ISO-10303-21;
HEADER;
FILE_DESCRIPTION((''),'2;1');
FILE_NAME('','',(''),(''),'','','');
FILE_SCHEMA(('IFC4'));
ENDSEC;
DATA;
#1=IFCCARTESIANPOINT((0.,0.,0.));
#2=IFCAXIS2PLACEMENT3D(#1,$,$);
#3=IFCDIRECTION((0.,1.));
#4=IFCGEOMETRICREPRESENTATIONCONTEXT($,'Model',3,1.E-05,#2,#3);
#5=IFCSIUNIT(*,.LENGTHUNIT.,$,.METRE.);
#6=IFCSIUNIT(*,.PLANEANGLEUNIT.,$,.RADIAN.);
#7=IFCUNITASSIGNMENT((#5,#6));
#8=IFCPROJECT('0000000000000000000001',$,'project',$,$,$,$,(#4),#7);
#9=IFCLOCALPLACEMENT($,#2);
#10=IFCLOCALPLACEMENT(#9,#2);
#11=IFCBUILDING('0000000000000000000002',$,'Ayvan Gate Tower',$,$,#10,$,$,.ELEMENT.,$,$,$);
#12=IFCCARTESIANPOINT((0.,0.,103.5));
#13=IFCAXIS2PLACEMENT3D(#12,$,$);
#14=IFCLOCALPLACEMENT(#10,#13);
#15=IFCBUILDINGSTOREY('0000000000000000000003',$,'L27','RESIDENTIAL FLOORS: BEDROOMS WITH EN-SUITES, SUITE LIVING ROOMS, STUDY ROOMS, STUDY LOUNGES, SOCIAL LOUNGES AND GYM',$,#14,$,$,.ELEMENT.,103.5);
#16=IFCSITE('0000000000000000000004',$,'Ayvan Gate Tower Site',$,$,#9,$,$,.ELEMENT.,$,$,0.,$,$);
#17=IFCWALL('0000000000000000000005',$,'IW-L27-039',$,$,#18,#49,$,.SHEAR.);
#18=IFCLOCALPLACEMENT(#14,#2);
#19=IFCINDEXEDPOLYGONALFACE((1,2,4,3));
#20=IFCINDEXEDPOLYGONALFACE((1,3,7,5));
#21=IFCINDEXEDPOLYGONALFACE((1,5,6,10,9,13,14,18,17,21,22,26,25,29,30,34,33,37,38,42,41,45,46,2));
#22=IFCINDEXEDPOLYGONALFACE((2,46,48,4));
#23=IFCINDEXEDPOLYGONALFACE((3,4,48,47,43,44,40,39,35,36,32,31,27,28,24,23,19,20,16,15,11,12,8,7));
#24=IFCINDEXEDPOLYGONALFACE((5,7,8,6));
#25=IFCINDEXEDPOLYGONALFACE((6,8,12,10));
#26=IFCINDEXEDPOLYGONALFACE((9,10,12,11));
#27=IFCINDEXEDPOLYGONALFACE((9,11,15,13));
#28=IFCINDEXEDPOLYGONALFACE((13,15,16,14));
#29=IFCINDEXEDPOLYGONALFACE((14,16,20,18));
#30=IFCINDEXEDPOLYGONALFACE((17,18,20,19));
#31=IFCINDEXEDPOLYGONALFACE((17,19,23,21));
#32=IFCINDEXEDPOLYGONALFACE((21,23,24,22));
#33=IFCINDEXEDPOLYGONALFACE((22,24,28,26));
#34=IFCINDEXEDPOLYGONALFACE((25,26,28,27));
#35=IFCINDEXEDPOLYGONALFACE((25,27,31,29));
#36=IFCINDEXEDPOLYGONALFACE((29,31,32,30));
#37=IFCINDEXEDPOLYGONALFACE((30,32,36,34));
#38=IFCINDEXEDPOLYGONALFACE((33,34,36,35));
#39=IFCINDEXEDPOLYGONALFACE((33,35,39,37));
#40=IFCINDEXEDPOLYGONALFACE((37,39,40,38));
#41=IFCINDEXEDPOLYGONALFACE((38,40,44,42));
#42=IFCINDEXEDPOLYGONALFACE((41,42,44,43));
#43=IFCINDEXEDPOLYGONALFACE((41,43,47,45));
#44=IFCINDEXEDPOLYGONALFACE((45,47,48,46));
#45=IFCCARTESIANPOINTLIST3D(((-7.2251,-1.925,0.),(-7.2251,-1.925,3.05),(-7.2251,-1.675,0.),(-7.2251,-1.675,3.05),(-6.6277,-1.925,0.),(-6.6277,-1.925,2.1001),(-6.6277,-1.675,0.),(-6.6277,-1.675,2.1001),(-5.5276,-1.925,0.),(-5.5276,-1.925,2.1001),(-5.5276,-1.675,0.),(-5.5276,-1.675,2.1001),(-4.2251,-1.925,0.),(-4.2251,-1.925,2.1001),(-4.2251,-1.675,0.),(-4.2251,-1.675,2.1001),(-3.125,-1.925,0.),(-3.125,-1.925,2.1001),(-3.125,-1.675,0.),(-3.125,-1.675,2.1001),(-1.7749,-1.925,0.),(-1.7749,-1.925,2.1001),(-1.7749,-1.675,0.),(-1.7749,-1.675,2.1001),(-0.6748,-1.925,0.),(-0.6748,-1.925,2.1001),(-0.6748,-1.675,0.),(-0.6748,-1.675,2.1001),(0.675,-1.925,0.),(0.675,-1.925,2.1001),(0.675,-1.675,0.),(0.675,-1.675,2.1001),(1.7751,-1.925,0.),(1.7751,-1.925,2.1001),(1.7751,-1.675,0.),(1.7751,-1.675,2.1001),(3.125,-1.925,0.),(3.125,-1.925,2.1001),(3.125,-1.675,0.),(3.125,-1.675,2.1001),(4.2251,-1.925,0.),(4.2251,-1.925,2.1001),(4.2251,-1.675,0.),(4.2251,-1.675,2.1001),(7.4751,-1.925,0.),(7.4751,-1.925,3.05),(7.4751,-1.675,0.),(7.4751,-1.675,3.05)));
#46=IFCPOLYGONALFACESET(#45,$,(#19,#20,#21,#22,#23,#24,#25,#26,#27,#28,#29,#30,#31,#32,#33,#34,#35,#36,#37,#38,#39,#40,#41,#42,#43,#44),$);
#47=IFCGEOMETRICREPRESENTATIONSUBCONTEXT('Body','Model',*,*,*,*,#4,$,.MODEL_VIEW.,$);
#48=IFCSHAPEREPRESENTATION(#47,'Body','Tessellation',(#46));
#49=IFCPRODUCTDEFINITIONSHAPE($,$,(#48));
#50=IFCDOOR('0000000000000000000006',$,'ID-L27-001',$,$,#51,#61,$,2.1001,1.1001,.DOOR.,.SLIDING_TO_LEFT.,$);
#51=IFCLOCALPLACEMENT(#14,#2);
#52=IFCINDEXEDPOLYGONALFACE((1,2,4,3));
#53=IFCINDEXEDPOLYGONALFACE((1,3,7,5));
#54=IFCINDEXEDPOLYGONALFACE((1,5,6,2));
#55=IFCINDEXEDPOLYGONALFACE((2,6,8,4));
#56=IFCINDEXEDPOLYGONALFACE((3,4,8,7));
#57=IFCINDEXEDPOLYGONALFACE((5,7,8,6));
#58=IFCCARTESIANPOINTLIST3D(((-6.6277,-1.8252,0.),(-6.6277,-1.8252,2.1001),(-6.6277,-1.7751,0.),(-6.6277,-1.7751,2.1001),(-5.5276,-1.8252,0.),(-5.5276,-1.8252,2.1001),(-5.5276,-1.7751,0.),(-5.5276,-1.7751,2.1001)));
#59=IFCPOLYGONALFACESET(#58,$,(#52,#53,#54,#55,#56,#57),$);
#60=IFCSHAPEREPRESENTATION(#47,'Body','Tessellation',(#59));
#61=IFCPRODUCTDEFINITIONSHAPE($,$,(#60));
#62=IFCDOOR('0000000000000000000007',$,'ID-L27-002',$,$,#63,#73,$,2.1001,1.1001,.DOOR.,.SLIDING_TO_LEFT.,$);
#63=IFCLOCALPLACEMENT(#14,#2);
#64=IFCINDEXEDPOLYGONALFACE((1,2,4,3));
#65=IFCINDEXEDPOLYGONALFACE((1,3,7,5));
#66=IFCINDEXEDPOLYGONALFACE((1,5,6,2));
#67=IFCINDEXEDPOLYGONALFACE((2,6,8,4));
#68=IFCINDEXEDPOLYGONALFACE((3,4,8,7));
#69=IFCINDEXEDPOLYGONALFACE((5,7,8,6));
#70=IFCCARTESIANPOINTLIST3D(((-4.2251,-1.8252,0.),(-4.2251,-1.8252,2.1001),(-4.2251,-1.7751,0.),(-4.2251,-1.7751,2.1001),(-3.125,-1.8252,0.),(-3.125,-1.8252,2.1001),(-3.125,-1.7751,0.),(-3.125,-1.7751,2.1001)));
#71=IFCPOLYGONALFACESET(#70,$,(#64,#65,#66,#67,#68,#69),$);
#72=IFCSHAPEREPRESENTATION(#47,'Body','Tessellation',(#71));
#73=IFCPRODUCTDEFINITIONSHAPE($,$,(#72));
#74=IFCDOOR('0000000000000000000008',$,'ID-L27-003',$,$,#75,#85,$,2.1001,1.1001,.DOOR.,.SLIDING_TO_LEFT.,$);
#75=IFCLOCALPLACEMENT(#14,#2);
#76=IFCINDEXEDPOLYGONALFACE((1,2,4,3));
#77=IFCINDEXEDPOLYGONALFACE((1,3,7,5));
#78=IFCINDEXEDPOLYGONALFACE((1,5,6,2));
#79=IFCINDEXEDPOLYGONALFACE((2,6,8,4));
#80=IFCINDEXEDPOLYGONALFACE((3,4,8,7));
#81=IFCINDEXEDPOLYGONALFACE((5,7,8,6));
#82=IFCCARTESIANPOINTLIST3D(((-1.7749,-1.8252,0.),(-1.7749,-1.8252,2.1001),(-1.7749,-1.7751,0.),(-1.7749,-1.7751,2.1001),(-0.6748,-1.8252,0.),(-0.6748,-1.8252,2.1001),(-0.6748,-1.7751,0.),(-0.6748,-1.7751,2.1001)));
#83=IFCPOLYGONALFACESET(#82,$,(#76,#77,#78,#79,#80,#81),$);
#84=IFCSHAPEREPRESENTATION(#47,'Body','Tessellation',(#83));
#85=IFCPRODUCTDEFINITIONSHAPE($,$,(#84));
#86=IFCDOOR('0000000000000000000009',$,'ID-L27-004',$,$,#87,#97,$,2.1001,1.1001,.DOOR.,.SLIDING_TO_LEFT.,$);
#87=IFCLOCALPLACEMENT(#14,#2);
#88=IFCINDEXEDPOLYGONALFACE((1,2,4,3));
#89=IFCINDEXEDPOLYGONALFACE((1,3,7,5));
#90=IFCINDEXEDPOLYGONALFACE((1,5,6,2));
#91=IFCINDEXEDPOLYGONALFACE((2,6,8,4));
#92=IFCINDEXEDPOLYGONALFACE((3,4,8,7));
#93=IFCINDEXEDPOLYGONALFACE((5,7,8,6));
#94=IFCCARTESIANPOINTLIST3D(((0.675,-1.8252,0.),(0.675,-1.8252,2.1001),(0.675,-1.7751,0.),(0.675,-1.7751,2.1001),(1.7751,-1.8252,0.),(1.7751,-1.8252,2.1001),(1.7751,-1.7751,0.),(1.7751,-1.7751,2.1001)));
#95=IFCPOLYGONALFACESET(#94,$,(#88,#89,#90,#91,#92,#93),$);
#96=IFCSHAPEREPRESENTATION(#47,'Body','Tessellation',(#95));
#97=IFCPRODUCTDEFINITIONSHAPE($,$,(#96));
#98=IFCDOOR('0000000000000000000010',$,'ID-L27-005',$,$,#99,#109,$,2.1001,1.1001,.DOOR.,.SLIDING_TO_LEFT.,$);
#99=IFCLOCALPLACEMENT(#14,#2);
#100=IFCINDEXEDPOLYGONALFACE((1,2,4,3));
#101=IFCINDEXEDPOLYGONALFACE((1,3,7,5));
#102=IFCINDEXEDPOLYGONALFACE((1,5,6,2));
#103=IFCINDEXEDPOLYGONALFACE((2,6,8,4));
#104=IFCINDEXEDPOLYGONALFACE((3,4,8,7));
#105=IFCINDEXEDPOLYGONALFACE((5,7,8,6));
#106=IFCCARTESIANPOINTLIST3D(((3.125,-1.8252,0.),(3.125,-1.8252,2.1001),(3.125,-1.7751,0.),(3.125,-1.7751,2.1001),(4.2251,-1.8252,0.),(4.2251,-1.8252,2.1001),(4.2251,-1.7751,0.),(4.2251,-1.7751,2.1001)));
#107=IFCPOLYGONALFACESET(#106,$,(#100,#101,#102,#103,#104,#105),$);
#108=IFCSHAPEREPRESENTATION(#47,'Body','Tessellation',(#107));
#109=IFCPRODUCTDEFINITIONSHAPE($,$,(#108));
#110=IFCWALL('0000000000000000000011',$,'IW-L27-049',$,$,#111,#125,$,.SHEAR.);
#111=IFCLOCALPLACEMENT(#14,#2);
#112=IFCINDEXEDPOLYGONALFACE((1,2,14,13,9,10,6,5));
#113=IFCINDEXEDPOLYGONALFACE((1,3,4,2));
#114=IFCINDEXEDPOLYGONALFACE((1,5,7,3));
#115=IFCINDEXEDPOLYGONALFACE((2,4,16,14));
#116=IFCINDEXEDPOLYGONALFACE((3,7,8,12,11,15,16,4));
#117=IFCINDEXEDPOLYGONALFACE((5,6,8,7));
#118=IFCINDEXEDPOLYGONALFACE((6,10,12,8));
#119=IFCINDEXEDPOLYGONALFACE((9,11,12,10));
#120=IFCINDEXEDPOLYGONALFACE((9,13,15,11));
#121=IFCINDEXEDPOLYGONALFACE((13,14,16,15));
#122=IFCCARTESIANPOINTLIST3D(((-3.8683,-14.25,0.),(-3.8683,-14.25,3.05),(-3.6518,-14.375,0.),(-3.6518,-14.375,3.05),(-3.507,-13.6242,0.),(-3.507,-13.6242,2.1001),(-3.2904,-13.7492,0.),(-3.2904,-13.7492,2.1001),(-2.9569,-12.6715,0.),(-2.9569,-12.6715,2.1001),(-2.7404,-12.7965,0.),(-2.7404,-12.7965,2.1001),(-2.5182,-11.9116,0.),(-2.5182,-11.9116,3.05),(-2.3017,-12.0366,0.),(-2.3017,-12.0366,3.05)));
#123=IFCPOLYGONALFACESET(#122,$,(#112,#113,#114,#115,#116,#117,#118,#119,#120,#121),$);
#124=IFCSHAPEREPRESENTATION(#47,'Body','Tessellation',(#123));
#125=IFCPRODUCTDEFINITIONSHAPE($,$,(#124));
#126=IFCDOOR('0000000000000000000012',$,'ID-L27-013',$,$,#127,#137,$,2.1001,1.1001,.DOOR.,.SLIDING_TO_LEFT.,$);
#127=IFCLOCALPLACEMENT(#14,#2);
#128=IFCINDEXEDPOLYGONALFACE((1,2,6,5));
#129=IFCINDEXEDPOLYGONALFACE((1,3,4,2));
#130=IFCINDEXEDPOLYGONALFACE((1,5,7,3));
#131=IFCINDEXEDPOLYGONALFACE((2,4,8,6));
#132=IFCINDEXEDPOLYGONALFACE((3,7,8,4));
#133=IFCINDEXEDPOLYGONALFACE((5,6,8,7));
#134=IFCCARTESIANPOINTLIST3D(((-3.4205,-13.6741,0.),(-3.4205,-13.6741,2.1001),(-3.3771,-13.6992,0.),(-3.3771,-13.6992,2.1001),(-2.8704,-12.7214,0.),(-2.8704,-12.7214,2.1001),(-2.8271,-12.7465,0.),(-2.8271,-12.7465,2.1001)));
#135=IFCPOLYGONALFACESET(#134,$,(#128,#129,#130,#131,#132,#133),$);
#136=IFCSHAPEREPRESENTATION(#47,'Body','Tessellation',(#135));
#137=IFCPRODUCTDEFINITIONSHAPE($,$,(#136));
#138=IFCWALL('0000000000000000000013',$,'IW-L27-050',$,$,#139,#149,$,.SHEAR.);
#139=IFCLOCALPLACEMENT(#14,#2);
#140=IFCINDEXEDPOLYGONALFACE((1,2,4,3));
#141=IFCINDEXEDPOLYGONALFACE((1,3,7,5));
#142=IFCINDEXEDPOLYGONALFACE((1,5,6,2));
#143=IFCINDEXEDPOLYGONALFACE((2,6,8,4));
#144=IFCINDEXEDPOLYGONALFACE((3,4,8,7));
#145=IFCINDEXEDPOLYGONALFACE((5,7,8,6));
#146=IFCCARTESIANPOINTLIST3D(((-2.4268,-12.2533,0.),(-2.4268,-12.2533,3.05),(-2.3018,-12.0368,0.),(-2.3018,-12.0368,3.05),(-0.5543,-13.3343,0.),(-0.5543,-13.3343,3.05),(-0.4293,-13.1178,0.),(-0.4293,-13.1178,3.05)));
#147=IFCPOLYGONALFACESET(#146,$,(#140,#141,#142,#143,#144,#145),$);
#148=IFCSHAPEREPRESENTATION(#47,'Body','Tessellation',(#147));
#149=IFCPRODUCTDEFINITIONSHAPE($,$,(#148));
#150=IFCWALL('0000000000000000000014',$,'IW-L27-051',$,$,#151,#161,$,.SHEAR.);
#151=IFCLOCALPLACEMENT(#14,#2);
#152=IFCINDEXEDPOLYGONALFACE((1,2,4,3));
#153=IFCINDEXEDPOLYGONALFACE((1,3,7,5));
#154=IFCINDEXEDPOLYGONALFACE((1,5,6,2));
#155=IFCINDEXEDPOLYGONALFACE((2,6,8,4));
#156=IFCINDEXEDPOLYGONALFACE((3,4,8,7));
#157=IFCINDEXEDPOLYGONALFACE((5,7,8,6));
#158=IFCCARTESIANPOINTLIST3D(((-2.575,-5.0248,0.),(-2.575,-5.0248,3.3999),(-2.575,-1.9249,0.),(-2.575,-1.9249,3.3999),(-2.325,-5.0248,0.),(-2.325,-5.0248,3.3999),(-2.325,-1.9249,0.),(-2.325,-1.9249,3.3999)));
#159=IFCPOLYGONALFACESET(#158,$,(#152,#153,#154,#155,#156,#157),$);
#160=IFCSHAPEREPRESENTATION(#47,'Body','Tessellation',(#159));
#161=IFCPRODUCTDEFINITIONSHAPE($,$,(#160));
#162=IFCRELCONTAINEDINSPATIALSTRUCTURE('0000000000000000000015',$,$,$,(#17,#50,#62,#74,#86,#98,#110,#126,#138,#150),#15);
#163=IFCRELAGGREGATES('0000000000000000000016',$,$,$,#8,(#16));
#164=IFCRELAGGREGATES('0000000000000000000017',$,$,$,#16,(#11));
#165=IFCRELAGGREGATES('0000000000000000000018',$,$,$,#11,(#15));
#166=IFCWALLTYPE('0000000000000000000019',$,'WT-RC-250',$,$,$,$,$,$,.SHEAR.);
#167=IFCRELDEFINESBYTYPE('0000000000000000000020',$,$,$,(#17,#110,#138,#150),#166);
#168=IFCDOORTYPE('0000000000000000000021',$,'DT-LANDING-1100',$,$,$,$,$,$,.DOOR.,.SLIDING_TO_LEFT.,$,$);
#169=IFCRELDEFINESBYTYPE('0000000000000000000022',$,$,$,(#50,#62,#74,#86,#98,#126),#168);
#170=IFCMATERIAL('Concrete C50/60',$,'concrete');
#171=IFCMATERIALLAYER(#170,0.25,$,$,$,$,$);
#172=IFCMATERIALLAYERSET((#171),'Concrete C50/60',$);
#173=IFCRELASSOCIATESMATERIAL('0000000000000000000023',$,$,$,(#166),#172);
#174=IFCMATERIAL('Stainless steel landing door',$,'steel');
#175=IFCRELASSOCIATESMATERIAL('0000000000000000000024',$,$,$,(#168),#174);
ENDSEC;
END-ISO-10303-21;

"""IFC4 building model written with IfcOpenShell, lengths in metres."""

from ifc_helpers import new_model, si_unit, direction, frame, frame_2d, origin, place, context, subcontext, project, spatial, rectangle, extrude, material, layer, layer_set, type_object, element, fill, save


model = new_model("IFC4")

# Units and contexts
model_context = context("Model", 3, precision=1e-05, world=origin(), true_north=direction((0.0, 1.0)))
body_context = subcontext(model_context, "Body", "Model", "MODEL_VIEW")
ifc_project = project(units=[si_unit("LENGTHUNIT", "METRE"), si_unit("PLANEANGLEUNIT", "RADIAN")], contexts=[model_context])

# Site, building, storey
site_placement = place(None, origin())
site = spatial("IfcSite", under=ifc_project, at=site_placement, Name="Ayvan Gate Tower Site", CompositionType="ELEMENT", RefElevation=0.0)
building_placement = place(site_placement, origin())
building = spatial("IfcBuilding", under=site, at=building_placement, Name="Ayvan Gate Tower", CompositionType="ELEMENT")
storey_placement = place(building_placement, frame((0.0, 0.0, 103.5)))
storey = spatial("IfcBuildingStorey", under=building, at=storey_placement, Name="L27", Description="RESIDENTIAL FLOORS: BEDROOMS WITH EN-SUITES, SUITE LIVING ROOMS, STUDY ROOMS, STUDY LOUNGES, SOCIAL LOUNGES AND GYM", CompositionType="ELEMENT", Elevation=103.5)

# Shared definitions
ifc_material_1 = material(Name="Concrete C50/60", Category="concrete")
ifc_layer_1 = layer(ifc_material_1, 0.25)
ifc_layer_set_1 = layer_set([ifc_layer_1], Name="Concrete C50/60")
wall_type_1 = type_object("IfcWallType", Name="WT-RC-250", PredefinedType="SHEAR", material=ifc_layer_set_1)

# Wall, openings, doors
wall_1_placement = place(storey_placement, frame((-7.2251, -1.8, 0.0), z_axis=(0.0, 0.0, 1.0), x_axis=(1.0, 0.0, 0.0)))
wall_1 = element("IfcWall", 1, at=wall_1_placement, inside=storey, type_object=wall_type_1, Name="IW-L27-039", PredefinedType="SHEAR", context=body_context, shape_type="SweptSolid", body=[
    extrude(rectangle(XDim=14.7002, YDim=0.25, at=frame_2d((7.3501, 0.0))), origin(), (0.0, 0.0, 1.0), 3.05),
])
opening_1_placement = place(wall_1_placement, frame((0.5974, 0.0, 0.0)))
opening_1 = element("IfcOpeningElement", 2, at=opening_1_placement, cuts=wall_1, PredefinedType="OPENING", context=body_context, shape_type="SweptSolid", body=[
    extrude(rectangle(XDim=1.1001, YDim=2.1001, at=frame_2d((0.55, 1.05))), frame((0.0, 0.135, 0.0), z_axis=(0.0, -1.0, 0.0), x_axis=(1.0, 0.0, 0.0)), (0.0, 0.0, 1.0), 0.27),
])
opening_2_placement = place(wall_1_placement, frame((3.0, 0.0, 0.0)))
opening_2 = element("IfcOpeningElement", 3, at=opening_2_placement, cuts=wall_1, PredefinedType="OPENING", context=body_context, shape_type="SweptSolid", body=[
    extrude(rectangle(XDim=1.1001, YDim=2.1001, at=frame_2d((0.55, 1.05))), frame((0.0, 0.135, 0.0), z_axis=(0.0, -1.0, 0.0), x_axis=(1.0, 0.0, 0.0)), (0.0, 0.0, 1.0), 0.27),
])
opening_3_placement = place(wall_1_placement, frame((5.4502, 0.0, 0.0)))
opening_3 = element("IfcOpeningElement", 4, at=opening_3_placement, cuts=wall_1, PredefinedType="OPENING", context=body_context, shape_type="SweptSolid", body=[
    extrude(rectangle(XDim=1.1001, YDim=2.1001, at=frame_2d((0.55, 1.05))), frame((0.0, 0.135, 0.0), z_axis=(0.0, -1.0, 0.0), x_axis=(1.0, 0.0, 0.0)), (0.0, 0.0, 1.0), 0.27),
])
opening_4_placement = place(wall_1_placement, frame((7.9001, 0.0, 0.0)))
opening_4 = element("IfcOpeningElement", 5, at=opening_4_placement, cuts=wall_1, PredefinedType="OPENING", context=body_context, shape_type="SweptSolid", body=[
    extrude(rectangle(XDim=1.1001, YDim=2.1001, at=frame_2d((0.55, 1.05))), frame((0.0, 0.135, 0.0), z_axis=(0.0, -1.0, 0.0), x_axis=(1.0, 0.0, 0.0)), (0.0, 0.0, 1.0), 0.27),
])
opening_5_placement = place(wall_1_placement, frame((10.3501, 0.0, 0.0)))
opening_5 = element("IfcOpeningElement", 6, at=opening_5_placement, cuts=wall_1, PredefinedType="OPENING", context=body_context, shape_type="SweptSolid", body=[
    extrude(rectangle(XDim=1.1001, YDim=2.1001, at=frame_2d((0.55, 1.05))), frame((0.0, 0.135, 0.0), z_axis=(0.0, -1.0, 0.0), x_axis=(1.0, 0.0, 0.0)), (0.0, 0.0, 1.0), 0.27),
])
ifc_material_2 = material(Name="Stainless steel landing door", Category="steel")
door_type_1 = type_object("IfcDoorType", Name="DT-LANDING-1100", OperationType="SLIDING_TO_LEFT", PredefinedType="DOOR", material=ifc_material_2)
door_1_placement = place(opening_1_placement, origin())
door_1 = element("IfcDoor", 7, at=door_1_placement, inside=storey, type_object=door_type_1, Name="ID-L27-001", OperationType="SLIDING_TO_LEFT", OverallHeight=2.1001, OverallWidth=1.1001, PredefinedType="DOOR", context=body_context, shape_type="SweptSolid", body=[
    extrude(rectangle(XDim=1.1001, YDim=2.1001, at=frame_2d((0.55, 1.05))), frame((0.0, 0.0249, 0.0), z_axis=(0.0, -1.0, 0.0), x_axis=(1.0, 0.0, 0.0)), (0.0, 0.0, 1.0), 0.05),
])
fill(opening_1, door_1)
door_2_placement = place(opening_2_placement, origin())
door_2 = element("IfcDoor", 8, at=door_2_placement, inside=storey, type_object=door_type_1, Name="ID-L27-002", OperationType="SLIDING_TO_LEFT", OverallHeight=2.1001, OverallWidth=1.1001, PredefinedType="DOOR", context=body_context, shape_type="SweptSolid", body=[
    extrude(rectangle(XDim=1.1001, YDim=2.1001, at=frame_2d((0.55, 1.05))), frame((0.0, 0.0249, 0.0), z_axis=(0.0, -1.0, 0.0), x_axis=(1.0, 0.0, 0.0)), (0.0, 0.0, 1.0), 0.05),
])
fill(opening_2, door_2)
door_3_placement = place(opening_3_placement, origin())
door_3 = element("IfcDoor", 9, at=door_3_placement, inside=storey, type_object=door_type_1, Name="ID-L27-003", OperationType="SLIDING_TO_LEFT", OverallHeight=2.1001, OverallWidth=1.1001, PredefinedType="DOOR", context=body_context, shape_type="SweptSolid", body=[
    extrude(rectangle(XDim=1.1001, YDim=2.1001, at=frame_2d((0.55, 1.05))), frame((0.0, 0.0249, 0.0), z_axis=(0.0, -1.0, 0.0), x_axis=(1.0, 0.0, 0.0)), (0.0, 0.0, 1.0), 0.05),
])
fill(opening_3, door_3)
door_4_placement = place(opening_4_placement, origin())
door_4 = element("IfcDoor", 10, at=door_4_placement, inside=storey, type_object=door_type_1, Name="ID-L27-004", OperationType="SLIDING_TO_LEFT", OverallHeight=2.1001, OverallWidth=1.1001, PredefinedType="DOOR", context=body_context, shape_type="SweptSolid", body=[
    extrude(rectangle(XDim=1.1001, YDim=2.1001, at=frame_2d((0.55, 1.05))), frame((0.0, 0.0249, 0.0), z_axis=(0.0, -1.0, 0.0), x_axis=(1.0, 0.0, 0.0)), (0.0, 0.0, 1.0), 0.05),
])
fill(opening_4, door_4)
door_5_placement = place(opening_5_placement, origin())
door_5 = element("IfcDoor", 11, at=door_5_placement, inside=storey, type_object=door_type_1, Name="ID-L27-005", OperationType="SLIDING_TO_LEFT", OverallHeight=2.1001, OverallWidth=1.1001, PredefinedType="DOOR", context=body_context, shape_type="SweptSolid", body=[
    extrude(rectangle(XDim=1.1001, YDim=2.1001, at=frame_2d((0.55, 1.05))), frame((0.0, 0.0249, 0.0), z_axis=(0.0, -1.0, 0.0), x_axis=(1.0, 0.0, 0.0)), (0.0, 0.0, 1.0), 0.05),
])
fill(opening_5, door_5)

# Wall, opening, door
wall_2_placement = place(storey_placement, frame((-2.4099, -11.9741, 0.0), z_axis=(0.0, 0.0, 1.0), x_axis=(-0.500009, -0.86602, 0.0)))
wall_2 = element("IfcWall", 12, at=wall_2_placement, inside=storey, type_object=wall_type_1, Name="IW-L27-049", PredefinedType="SHEAR", context=body_context, shape_type="SweptSolid", body=[
    extrude(rectangle(XDim=2.7002, YDim=0.25, at=frame_2d((1.3501, 0.0))), origin(), (0.0, 0.0, 1.0), 3.05),
])
opening_6_placement = place(wall_2_placement, frame((0.8774, 0.0, 0.0)))
opening_6 = element("IfcOpeningElement", 13, at=opening_6_placement, cuts=wall_2, PredefinedType="OPENING", context=body_context, shape_type="SweptSolid", body=[
    extrude(rectangle(XDim=1.1001, YDim=2.1001, at=frame_2d((0.55, 1.05))), frame((0.0, 0.135, 0.0), z_axis=(0.0, -1.0, 0.0), x_axis=(1.0, 0.0, 0.0)), (0.0, 0.0, 1.0), 0.27),
])
door_6_placement = place(opening_6_placement, origin())
door_6 = element("IfcDoor", 14, at=door_6_placement, inside=storey, type_object=door_type_1, Name="ID-L27-013", OperationType="SLIDING_TO_LEFT", OverallHeight=2.1001, OverallWidth=1.1001, PredefinedType="DOOR", context=body_context, shape_type="SweptSolid", body=[
    extrude(rectangle(XDim=1.1001, YDim=2.1001, at=frame_2d((0.55, 1.05))), frame((0.0, 0.0249, 0.0), z_axis=(0.0, -1.0, 0.0), x_axis=(1.0, 0.0, 0.0)), (0.0, 0.0, 1.0), 0.05),
])
fill(opening_6, door_6)

# Walls
wall_3_placement = place(storey_placement, frame((-2.3643, -12.145, 0.0), z_axis=(0.0, 0.0, 1.0), x_axis=(0.866039, -0.499977, 0.0)))
element("IfcWall", 15, at=wall_3_placement, inside=storey, type_object=wall_type_1, Name="IW-L27-050", PredefinedType="SHEAR", context=body_context, shape_type="SweptSolid", body=[
    extrude(rectangle(XDim=2.1621, YDim=0.25, at=frame_2d((1.0811, 0.0))), origin(), (0.0, 0.0, 1.0), 3.05),
])
wall_4_placement = place(storey_placement, frame((-2.45, -1.925, 0.0), z_axis=(0.0, 0.0, 1.0), x_axis=(0.0, -1.0, 0.0)))
element("IfcWall", 16, at=wall_4_placement, inside=storey, type_object=wall_type_1, Name="IW-L27-051", PredefinedType="SHEAR", context=body_context, shape_type="SweptSolid", body=[
    extrude(rectangle(XDim=3.0999, YDim=0.25, at=frame_2d((1.5498, 0.0))), origin(), (0.0, 0.0, 1.0), 3.3999),
])

save(model, "model.ifc")
